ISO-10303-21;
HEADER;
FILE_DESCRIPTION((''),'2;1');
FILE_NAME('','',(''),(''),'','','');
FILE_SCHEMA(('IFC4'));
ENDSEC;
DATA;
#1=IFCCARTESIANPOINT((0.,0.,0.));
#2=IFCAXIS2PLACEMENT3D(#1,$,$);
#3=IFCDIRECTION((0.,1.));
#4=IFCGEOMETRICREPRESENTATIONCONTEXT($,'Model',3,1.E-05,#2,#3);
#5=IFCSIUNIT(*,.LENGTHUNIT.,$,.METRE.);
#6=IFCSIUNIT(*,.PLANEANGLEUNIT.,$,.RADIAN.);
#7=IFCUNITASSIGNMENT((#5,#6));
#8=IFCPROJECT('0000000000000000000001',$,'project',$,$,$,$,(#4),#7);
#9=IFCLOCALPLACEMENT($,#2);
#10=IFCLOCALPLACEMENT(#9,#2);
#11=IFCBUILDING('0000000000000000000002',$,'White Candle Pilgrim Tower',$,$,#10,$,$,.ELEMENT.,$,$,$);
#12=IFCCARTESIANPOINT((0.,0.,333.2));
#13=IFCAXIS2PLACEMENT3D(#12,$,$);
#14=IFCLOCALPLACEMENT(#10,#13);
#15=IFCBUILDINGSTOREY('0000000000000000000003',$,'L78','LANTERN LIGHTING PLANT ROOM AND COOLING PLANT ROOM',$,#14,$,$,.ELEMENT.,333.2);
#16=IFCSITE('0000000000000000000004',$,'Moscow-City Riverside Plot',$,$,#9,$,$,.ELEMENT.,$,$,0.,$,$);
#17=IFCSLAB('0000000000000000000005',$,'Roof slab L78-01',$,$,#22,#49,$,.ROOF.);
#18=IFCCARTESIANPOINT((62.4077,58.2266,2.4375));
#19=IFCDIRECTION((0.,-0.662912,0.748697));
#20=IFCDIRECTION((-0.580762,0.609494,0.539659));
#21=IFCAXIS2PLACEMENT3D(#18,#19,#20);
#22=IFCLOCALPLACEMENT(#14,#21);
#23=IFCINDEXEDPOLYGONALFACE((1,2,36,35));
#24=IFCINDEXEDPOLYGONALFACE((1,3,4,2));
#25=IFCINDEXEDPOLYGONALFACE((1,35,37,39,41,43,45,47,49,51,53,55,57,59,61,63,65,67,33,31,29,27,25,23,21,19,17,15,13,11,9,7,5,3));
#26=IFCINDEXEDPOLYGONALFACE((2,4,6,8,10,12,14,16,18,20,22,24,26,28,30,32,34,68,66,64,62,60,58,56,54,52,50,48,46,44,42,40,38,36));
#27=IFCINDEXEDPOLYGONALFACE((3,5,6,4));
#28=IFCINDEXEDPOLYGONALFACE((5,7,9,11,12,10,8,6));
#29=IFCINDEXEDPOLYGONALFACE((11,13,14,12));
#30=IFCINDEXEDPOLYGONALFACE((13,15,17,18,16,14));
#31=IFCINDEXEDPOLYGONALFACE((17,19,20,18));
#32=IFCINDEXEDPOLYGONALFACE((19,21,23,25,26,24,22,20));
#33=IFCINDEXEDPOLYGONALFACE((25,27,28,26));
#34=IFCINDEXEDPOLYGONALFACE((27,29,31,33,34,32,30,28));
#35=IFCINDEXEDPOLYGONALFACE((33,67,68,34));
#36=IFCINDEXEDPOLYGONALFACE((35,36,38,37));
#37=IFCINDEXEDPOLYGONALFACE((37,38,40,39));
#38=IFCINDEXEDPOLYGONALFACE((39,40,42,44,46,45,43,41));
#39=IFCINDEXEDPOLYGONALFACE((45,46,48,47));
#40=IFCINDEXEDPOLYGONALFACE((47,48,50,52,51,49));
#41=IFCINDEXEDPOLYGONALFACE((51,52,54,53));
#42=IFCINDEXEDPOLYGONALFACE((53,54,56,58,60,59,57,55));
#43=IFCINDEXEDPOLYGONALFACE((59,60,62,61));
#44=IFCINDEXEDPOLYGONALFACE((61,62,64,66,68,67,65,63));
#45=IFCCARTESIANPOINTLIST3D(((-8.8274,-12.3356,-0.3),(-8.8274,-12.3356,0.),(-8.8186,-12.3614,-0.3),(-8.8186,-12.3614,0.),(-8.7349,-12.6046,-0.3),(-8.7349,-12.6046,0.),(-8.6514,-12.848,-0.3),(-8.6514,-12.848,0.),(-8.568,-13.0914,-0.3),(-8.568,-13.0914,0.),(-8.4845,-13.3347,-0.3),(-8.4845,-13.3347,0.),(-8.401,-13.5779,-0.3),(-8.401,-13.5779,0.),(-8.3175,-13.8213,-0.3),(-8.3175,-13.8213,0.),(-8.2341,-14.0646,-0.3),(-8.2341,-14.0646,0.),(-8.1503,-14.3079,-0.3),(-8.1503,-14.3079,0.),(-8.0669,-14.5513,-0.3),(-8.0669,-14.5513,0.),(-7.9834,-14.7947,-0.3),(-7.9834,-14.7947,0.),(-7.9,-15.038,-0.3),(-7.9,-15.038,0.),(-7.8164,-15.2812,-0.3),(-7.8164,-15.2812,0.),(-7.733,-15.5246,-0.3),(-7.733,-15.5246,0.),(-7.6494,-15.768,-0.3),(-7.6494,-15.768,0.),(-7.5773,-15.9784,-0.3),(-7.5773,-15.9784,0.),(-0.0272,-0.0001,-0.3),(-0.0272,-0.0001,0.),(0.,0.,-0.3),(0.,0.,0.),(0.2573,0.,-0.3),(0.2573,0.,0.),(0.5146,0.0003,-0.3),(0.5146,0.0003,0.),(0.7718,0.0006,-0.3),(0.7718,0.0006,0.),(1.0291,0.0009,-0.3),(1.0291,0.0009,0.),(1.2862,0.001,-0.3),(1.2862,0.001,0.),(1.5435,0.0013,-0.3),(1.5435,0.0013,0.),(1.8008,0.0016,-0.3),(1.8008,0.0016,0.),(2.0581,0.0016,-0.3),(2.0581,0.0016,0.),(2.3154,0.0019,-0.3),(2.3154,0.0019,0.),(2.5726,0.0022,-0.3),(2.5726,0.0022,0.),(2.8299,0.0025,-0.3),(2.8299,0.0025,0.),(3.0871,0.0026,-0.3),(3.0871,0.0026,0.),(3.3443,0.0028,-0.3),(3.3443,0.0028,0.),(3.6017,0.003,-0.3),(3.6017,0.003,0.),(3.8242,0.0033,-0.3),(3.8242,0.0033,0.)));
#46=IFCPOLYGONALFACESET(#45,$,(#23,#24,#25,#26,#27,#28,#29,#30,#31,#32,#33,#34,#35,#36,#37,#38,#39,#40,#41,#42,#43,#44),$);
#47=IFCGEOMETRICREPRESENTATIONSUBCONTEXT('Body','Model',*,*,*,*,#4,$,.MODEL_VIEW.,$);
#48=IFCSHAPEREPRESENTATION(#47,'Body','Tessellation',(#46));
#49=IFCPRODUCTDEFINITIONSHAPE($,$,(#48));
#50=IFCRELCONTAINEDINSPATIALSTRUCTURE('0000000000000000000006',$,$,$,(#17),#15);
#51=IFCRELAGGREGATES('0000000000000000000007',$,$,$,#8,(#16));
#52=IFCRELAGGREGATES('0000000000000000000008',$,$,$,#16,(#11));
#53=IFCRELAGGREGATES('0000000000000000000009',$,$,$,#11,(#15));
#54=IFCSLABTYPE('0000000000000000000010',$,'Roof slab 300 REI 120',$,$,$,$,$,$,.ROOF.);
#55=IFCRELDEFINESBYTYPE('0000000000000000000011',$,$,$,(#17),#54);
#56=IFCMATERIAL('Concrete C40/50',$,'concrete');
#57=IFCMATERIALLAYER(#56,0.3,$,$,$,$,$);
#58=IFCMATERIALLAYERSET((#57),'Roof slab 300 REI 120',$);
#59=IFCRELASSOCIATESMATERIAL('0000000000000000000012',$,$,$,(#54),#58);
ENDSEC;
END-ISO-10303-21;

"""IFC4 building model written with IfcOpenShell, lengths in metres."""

from ifc_helpers import new_model, si_unit, direction, frame, origin, place, context, subcontext, project, spatial, polyline, outline, extrude, material, layer, layer_set, type_object, element, save


model = new_model("IFC4")

# Units and contexts
model_context = context("Model", 3, precision=1e-05, world=origin(), true_north=direction((0.0, 1.0)))
body_context = subcontext(model_context, "Body", "Model", "MODEL_VIEW")
ifc_project = project(units=[si_unit("LENGTHUNIT", "METRE"), si_unit("PLANEANGLEUNIT", "RADIAN")], contexts=[model_context])

# Site, building, storey
site_placement = place(None, origin())
site = spatial("IfcSite", under=ifc_project, at=site_placement, Name="Moscow-City Riverside Plot", CompositionType="ELEMENT", RefElevation=0.0)
building_placement = place(site_placement, origin())
building = spatial("IfcBuilding", under=site, at=building_placement, Name="White Candle Pilgrim Tower", CompositionType="ELEMENT")
storey_placement = place(building_placement, frame((0.0, 0.0, 333.2)))
storey = spatial("IfcBuildingStorey", under=building, at=storey_placement, Name="L78", Description="LANTERN LIGHTING PLANT ROOM AND COOLING PLANT ROOM", CompositionType="ELEMENT", Elevation=333.2)

# Slab
ifc_material_1 = material(Name="Concrete C40/50", Category="concrete")
ifc_layer_1 = layer(ifc_material_1, 0.3)
ifc_layer_set_1 = layer_set([ifc_layer_1], Name="Roof slab 300 REI 120")
slab_type_1 = type_object("IfcSlabType", Name="Roof slab 300 REI 120", PredefinedType="ROOF", material=ifc_layer_set_1)
slab_1_placement = place(storey_placement, frame((62.4077, 58.2266, 2.4375), z_axis=(0.0, -0.662912, 0.748697), x_axis=(-0.580762, 0.609494, 0.539659)))
element("IfcSlab", 1, at=slab_1_placement, inside=storey, type_object=slab_type_1, Name="Roof slab L78-01", PredefinedType="ROOF", context=body_context, shape_type="SweptSolid", body=[
    extrude(outline(polyline([(0.0, 0.0), (0.2573, 0.0), (0.5146, 0.0003), (0.7718, 0.0006), (1.0291, 0.0009), (1.2862, 0.001), (1.5435, 0.0013), (1.8008, 0.0016), (2.0581, 0.0016), (2.3154, 0.0019), (2.5726, 0.0022), (2.8299, 0.0025), (3.0871, 0.0026), (3.3443, 0.0028), (3.6017, 0.003), (3.8242, 0.0033), (-7.5773, -15.9784), (-7.6494, -15.768), (-7.733, -15.5246), (-7.8164, -15.2812), (-7.9, -15.038), (-7.9834, -14.7947), (-8.0669, -14.5513), (-8.1503, -14.3079), (-8.2341, -14.0646), (-8.3175, -13.8213), (-8.401, -13.5779), (-8.4845, -13.3347), (-8.568, -13.0914), (-8.6514, -12.848), (-8.7349, -12.6046), (-8.8186, -12.3614), (-8.8274, -12.3356), (-0.0272, -0.0001), (0.0, 0.0)])), origin(), (0.0, 0.0, -1.0), 0.3),
])

save(model, "model.ifc")
